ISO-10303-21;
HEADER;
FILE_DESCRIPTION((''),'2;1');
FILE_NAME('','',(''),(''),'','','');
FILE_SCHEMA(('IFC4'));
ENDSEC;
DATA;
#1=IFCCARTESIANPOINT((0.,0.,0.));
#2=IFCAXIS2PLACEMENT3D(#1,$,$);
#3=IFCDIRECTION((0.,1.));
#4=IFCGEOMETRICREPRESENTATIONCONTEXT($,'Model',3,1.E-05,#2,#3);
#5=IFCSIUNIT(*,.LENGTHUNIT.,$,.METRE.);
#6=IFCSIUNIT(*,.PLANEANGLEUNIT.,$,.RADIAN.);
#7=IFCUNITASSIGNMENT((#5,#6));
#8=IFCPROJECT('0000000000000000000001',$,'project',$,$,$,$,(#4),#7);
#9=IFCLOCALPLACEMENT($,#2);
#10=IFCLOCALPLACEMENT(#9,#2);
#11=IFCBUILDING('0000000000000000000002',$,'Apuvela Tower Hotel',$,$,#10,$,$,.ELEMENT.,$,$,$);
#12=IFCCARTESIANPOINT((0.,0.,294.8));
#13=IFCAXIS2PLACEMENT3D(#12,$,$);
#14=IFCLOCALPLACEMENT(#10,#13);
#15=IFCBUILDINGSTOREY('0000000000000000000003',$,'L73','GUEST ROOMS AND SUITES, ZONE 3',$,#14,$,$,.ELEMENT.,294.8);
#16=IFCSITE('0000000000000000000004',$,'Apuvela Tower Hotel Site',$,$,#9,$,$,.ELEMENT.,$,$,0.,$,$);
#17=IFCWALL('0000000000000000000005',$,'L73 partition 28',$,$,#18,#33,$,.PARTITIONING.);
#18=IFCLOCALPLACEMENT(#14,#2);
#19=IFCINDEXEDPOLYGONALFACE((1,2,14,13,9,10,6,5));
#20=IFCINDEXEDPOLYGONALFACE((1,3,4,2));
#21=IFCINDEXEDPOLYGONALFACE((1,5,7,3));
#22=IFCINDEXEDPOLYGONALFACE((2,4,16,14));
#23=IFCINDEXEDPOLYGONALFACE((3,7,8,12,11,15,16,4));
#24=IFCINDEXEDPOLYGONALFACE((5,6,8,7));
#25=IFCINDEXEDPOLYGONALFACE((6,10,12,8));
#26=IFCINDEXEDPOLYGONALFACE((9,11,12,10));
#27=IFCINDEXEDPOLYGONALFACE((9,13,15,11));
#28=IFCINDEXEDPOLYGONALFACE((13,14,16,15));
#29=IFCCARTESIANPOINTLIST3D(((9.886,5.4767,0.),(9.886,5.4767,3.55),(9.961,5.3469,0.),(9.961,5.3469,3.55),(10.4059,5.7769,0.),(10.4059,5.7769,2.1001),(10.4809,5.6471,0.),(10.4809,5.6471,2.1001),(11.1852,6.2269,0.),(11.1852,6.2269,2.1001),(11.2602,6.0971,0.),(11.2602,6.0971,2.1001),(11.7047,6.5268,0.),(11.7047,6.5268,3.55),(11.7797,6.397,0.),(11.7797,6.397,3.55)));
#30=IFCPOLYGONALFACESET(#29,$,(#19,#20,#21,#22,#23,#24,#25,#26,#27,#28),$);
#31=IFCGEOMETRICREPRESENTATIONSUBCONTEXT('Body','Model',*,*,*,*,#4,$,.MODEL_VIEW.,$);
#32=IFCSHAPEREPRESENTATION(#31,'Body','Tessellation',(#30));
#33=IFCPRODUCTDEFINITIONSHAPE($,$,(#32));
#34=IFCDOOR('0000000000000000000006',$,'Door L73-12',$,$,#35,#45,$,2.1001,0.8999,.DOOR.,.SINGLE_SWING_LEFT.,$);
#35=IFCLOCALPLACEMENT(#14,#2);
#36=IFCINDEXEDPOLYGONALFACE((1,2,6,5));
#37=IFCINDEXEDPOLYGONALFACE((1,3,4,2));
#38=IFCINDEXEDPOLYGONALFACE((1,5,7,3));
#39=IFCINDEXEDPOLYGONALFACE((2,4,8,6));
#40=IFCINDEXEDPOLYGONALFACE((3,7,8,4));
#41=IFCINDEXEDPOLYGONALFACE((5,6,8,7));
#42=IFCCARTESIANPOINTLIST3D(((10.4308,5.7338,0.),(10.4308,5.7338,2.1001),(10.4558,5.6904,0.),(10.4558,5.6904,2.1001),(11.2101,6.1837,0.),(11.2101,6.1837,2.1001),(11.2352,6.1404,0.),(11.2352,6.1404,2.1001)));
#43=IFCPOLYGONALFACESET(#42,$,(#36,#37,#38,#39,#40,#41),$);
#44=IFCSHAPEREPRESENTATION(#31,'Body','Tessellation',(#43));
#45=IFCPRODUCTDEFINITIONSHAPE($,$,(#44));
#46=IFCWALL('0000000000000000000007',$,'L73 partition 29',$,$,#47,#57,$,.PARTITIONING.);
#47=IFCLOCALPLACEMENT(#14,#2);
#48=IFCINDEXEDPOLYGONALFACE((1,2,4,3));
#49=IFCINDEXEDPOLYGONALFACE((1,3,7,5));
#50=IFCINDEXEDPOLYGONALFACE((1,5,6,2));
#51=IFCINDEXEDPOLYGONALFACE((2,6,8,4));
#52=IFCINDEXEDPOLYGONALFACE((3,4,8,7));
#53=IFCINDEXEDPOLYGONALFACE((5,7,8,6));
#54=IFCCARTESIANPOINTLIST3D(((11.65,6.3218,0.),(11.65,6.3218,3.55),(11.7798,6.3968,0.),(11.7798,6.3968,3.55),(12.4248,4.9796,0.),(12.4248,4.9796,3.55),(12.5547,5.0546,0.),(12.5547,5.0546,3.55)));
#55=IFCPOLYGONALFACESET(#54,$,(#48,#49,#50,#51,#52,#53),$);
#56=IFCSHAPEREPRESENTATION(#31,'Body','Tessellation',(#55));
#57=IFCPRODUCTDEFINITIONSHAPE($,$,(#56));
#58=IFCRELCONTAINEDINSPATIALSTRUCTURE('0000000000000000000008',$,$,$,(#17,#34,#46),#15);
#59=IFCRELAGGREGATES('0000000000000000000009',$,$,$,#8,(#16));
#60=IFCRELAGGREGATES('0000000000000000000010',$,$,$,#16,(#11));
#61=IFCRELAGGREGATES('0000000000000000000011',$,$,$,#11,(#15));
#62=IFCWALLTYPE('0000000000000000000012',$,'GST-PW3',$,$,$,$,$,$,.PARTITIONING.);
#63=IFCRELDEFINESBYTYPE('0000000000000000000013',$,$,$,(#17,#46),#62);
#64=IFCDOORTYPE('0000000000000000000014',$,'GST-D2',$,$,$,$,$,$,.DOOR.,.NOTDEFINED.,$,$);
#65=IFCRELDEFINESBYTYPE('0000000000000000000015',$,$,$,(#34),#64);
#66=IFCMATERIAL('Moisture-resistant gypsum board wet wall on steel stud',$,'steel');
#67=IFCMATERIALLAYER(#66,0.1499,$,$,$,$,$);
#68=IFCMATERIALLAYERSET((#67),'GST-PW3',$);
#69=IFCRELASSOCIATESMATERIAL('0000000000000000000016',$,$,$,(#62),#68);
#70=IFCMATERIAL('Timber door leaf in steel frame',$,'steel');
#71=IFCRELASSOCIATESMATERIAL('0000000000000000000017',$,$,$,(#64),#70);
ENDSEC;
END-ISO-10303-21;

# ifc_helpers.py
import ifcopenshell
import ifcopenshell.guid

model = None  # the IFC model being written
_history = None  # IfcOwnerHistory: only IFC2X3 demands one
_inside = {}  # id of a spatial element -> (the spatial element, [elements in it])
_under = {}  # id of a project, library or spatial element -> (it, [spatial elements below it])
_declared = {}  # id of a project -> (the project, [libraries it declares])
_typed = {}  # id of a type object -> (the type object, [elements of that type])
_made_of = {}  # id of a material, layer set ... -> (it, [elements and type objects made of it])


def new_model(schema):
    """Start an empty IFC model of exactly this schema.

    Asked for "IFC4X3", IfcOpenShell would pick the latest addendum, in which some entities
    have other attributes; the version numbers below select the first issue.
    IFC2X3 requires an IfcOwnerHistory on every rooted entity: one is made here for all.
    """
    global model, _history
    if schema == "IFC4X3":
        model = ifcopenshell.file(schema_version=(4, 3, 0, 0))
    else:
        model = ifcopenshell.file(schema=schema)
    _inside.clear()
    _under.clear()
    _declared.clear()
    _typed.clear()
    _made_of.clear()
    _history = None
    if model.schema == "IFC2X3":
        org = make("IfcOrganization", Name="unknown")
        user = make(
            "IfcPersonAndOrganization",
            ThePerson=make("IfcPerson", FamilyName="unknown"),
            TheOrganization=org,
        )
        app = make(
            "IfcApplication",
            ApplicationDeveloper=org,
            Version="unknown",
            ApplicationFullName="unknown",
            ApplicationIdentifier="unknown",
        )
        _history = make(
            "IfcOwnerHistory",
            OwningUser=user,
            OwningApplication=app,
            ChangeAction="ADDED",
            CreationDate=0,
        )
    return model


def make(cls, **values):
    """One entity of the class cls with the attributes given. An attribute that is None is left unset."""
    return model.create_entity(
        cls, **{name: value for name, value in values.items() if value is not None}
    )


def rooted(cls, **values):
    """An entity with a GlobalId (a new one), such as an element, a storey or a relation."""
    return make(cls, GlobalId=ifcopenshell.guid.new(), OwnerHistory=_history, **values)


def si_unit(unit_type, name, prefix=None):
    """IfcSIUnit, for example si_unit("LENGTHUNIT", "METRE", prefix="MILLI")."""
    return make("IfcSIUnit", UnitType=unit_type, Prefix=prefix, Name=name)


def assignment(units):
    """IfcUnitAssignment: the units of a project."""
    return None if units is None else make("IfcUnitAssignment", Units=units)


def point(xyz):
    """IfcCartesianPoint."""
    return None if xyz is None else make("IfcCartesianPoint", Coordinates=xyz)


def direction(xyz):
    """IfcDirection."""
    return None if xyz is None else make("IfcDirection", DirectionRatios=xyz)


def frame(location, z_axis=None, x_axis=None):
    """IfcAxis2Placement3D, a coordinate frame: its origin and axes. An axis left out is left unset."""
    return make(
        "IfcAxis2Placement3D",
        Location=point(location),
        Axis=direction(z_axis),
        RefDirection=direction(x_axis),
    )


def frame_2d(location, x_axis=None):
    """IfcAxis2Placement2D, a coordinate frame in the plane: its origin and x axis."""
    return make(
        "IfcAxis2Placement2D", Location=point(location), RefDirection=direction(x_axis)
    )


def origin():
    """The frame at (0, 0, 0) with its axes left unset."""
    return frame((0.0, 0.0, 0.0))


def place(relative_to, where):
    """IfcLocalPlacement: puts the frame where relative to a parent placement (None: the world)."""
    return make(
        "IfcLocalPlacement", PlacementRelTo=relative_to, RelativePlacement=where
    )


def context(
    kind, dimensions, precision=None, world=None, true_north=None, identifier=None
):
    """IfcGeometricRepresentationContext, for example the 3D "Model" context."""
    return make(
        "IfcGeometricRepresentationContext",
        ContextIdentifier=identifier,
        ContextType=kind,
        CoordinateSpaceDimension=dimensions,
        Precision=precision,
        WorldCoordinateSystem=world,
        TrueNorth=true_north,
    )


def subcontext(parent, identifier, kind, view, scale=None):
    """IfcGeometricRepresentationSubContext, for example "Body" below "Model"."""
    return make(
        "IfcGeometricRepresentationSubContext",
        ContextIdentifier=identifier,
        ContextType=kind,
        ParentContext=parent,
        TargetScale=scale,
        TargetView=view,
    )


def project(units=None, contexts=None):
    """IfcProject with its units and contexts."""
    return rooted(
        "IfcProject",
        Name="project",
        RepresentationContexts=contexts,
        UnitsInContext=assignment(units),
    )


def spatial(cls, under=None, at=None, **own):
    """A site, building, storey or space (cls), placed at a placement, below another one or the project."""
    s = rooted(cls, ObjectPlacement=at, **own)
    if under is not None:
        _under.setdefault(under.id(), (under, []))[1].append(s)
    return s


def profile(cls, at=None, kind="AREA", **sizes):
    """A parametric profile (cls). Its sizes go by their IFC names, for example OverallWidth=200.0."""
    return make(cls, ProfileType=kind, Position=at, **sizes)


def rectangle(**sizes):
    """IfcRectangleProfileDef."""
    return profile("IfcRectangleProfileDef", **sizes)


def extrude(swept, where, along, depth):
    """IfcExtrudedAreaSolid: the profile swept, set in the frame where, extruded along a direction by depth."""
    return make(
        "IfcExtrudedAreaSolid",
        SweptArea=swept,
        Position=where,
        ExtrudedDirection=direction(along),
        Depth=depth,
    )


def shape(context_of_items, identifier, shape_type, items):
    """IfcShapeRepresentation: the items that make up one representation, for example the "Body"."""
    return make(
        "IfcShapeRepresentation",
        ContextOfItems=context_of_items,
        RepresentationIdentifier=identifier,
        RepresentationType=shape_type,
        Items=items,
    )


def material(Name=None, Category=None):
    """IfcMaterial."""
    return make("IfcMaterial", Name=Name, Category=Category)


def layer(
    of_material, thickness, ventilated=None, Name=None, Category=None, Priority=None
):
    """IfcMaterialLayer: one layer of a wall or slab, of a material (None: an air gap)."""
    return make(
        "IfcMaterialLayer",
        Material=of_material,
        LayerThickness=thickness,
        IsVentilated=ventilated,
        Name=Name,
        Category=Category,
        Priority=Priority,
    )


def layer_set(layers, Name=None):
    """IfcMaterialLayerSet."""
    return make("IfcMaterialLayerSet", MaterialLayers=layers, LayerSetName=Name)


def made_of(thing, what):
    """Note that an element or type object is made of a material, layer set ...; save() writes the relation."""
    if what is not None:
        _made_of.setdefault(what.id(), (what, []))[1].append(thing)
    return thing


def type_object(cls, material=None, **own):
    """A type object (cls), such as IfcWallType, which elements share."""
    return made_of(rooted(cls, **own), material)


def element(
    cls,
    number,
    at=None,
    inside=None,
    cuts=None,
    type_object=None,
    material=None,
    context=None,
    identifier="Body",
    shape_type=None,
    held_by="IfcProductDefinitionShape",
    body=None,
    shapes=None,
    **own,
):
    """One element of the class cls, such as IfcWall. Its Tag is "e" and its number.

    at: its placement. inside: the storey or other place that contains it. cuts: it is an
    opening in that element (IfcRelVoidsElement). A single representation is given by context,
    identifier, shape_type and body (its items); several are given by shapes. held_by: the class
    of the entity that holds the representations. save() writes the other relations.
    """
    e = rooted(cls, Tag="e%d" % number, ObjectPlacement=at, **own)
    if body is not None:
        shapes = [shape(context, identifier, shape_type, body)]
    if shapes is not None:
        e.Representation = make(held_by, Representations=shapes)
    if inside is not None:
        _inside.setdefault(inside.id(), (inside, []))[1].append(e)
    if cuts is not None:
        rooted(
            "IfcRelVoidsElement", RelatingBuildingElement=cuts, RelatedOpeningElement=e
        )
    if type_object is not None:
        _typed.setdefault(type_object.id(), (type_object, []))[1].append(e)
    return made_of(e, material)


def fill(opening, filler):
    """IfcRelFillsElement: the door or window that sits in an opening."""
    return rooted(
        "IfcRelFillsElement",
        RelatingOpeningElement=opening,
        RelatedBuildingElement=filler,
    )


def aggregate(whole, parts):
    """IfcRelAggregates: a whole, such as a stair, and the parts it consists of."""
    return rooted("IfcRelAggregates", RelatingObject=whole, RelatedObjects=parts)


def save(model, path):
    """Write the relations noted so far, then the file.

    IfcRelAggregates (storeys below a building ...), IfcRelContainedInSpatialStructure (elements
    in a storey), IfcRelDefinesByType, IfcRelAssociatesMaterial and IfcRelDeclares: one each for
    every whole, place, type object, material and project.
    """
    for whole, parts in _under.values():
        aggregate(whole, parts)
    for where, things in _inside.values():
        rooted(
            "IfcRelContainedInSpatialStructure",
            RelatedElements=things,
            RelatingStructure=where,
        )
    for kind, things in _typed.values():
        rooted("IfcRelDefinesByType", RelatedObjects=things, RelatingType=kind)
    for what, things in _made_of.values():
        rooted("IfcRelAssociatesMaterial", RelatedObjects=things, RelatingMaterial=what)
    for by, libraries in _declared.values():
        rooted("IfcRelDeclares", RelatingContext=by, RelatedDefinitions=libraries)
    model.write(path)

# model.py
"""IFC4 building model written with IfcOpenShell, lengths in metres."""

from ifc_helpers import new_model, si_unit, direction, frame, frame_2d, origin, place, context, subcontext, project, spatial, rectangle, extrude, material, layer, layer_set, type_object, element, fill, save


model = new_model("IFC4")

# Units and contexts
model_context = context("Model", 3, precision=1e-05, world=origin(), true_north=direction((0.0, 1.0)))
body_context = subcontext(model_context, "Body", "Model", "MODEL_VIEW")
ifc_project = project(units=[si_unit("LENGTHUNIT", "METRE"), si_unit("PLANEANGLEUNIT", "RADIAN")], contexts=[model_context])

# Site, building, storey
site_placement = place(None, origin())
site = spatial("IfcSite", under=ifc_project, at=site_placement, Name="Apuvela Tower Hotel Site", CompositionType="ELEMENT", RefElevation=0.0)
building_placement = place(site_placement, origin())
building = spatial("IfcBuilding", under=site, at=building_placement, Name="Apuvela Tower Hotel", CompositionType="ELEMENT")
storey_placement = place(building_placement, frame((0.0, 0.0, 294.8)))
storey = spatial("IfcBuildingStorey", under=building, at=storey_placement, Name="L73", Description="GUEST ROOMS AND SUITES, ZONE 3", CompositionType="ELEMENT", Elevation=294.8)

# Shared definitions
ifc_material_1 = material(Name="Timber door leaf in steel frame", Category="steel")

# Shared definitions
ifc_material_2 = material(Name="Moisture-resistant gypsum board wet wall on steel stud", Category="steel")
ifc_layer_1 = layer(ifc_material_2, 0.1499)
ifc_layer_set_1 = layer_set([ifc_layer_1], Name="GST-PW3")
wall_type_1 = type_object("IfcWallType", Name="GST-PW3", PredefinedType="PARTITIONING", material=ifc_layer_set_1)

# Shared definitions
door_type_1 = type_object("IfcDoorType", Name="GST-D2", OperationType="NOTDEFINED", PredefinedType="DOOR", material=ifc_material_1)

# Wall, opening, door
wall_1_placement = place(storey_placement, frame((11.7422, 6.4619, 0.0), z_axis=(0.0, 0.0, 1.0), x_axis=(-0.866009, -0.500028, 0.0)))
wall_1 = element("IfcWall", 1, at=wall_1_placement, inside=storey, type_object=wall_type_1, Name="L73 partition 28", PredefinedType="PARTITIONING", context=body_context, shape_type="SweptSolid", body=[
    extrude(rectangle(XDim=2.1001, YDim=0.1499, at=frame_2d((1.05, 0.0))), origin(), (0.0, 0.0, 1.0), 3.55),
])
opening_1_placement = place(wall_1_placement, frame((0.5999, 0.0, 0.0)))
opening_1 = element("IfcOpeningElement", 2, at=opening_1_placement, cuts=wall_1, PredefinedType="OPENING", context=body_context, shape_type="SweptSolid", body=[
    extrude(rectangle(XDim=0.8999, YDim=2.1001, at=frame_2d((0.45, 1.05))), frame((0.0, 0.085, 0.0), z_axis=(0.0, -1.0, 0.0), x_axis=(1.0, 0.0, 0.0)), (0.0, 0.0, 1.0), 0.1699),
])
door_1_placement = place(opening_1_placement, origin())
door_1 = element("IfcDoor", 3, at=door_1_placement, inside=storey, type_object=door_type_1, Name="Door L73-12", OperationType="SINGLE_SWING_LEFT", OverallHeight=2.1001, OverallWidth=0.8999, PredefinedType="DOOR", context=body_context, shape_type="SweptSolid", body=[
    extrude(rectangle(XDim=0.8999, YDim=2.1001, at=frame_2d((0.45, 1.05))), frame((0.0, 0.0249, 0.0), z_axis=(0.0, -1.0, 0.0), x_axis=(1.0, 0.0, 0.0)), (0.0, 0.0, 1.0), 0.05),
])
fill(opening_1, door_1)

# Wall
wall_2_placement = place(storey_placement, frame((12.4897, 5.0171, 0.0), z_axis=(0.0, 0.0, 1.0), x_axis=(-0.499968, 0.866044, 0.0)))
element("IfcWall", 4, at=wall_2_placement, inside=storey, type_object=wall_type_1, Name="L73 partition 29", PredefinedType="PARTITIONING", context=body_context, shape_type="SweptSolid", body=[
    extrude(rectangle(XDim=1.5498, YDim=0.1499, at=frame_2d((0.7749, 0.0))), origin(), (0.0, 0.0, 1.0), 3.55),
])

save(model, "model.ifc")
